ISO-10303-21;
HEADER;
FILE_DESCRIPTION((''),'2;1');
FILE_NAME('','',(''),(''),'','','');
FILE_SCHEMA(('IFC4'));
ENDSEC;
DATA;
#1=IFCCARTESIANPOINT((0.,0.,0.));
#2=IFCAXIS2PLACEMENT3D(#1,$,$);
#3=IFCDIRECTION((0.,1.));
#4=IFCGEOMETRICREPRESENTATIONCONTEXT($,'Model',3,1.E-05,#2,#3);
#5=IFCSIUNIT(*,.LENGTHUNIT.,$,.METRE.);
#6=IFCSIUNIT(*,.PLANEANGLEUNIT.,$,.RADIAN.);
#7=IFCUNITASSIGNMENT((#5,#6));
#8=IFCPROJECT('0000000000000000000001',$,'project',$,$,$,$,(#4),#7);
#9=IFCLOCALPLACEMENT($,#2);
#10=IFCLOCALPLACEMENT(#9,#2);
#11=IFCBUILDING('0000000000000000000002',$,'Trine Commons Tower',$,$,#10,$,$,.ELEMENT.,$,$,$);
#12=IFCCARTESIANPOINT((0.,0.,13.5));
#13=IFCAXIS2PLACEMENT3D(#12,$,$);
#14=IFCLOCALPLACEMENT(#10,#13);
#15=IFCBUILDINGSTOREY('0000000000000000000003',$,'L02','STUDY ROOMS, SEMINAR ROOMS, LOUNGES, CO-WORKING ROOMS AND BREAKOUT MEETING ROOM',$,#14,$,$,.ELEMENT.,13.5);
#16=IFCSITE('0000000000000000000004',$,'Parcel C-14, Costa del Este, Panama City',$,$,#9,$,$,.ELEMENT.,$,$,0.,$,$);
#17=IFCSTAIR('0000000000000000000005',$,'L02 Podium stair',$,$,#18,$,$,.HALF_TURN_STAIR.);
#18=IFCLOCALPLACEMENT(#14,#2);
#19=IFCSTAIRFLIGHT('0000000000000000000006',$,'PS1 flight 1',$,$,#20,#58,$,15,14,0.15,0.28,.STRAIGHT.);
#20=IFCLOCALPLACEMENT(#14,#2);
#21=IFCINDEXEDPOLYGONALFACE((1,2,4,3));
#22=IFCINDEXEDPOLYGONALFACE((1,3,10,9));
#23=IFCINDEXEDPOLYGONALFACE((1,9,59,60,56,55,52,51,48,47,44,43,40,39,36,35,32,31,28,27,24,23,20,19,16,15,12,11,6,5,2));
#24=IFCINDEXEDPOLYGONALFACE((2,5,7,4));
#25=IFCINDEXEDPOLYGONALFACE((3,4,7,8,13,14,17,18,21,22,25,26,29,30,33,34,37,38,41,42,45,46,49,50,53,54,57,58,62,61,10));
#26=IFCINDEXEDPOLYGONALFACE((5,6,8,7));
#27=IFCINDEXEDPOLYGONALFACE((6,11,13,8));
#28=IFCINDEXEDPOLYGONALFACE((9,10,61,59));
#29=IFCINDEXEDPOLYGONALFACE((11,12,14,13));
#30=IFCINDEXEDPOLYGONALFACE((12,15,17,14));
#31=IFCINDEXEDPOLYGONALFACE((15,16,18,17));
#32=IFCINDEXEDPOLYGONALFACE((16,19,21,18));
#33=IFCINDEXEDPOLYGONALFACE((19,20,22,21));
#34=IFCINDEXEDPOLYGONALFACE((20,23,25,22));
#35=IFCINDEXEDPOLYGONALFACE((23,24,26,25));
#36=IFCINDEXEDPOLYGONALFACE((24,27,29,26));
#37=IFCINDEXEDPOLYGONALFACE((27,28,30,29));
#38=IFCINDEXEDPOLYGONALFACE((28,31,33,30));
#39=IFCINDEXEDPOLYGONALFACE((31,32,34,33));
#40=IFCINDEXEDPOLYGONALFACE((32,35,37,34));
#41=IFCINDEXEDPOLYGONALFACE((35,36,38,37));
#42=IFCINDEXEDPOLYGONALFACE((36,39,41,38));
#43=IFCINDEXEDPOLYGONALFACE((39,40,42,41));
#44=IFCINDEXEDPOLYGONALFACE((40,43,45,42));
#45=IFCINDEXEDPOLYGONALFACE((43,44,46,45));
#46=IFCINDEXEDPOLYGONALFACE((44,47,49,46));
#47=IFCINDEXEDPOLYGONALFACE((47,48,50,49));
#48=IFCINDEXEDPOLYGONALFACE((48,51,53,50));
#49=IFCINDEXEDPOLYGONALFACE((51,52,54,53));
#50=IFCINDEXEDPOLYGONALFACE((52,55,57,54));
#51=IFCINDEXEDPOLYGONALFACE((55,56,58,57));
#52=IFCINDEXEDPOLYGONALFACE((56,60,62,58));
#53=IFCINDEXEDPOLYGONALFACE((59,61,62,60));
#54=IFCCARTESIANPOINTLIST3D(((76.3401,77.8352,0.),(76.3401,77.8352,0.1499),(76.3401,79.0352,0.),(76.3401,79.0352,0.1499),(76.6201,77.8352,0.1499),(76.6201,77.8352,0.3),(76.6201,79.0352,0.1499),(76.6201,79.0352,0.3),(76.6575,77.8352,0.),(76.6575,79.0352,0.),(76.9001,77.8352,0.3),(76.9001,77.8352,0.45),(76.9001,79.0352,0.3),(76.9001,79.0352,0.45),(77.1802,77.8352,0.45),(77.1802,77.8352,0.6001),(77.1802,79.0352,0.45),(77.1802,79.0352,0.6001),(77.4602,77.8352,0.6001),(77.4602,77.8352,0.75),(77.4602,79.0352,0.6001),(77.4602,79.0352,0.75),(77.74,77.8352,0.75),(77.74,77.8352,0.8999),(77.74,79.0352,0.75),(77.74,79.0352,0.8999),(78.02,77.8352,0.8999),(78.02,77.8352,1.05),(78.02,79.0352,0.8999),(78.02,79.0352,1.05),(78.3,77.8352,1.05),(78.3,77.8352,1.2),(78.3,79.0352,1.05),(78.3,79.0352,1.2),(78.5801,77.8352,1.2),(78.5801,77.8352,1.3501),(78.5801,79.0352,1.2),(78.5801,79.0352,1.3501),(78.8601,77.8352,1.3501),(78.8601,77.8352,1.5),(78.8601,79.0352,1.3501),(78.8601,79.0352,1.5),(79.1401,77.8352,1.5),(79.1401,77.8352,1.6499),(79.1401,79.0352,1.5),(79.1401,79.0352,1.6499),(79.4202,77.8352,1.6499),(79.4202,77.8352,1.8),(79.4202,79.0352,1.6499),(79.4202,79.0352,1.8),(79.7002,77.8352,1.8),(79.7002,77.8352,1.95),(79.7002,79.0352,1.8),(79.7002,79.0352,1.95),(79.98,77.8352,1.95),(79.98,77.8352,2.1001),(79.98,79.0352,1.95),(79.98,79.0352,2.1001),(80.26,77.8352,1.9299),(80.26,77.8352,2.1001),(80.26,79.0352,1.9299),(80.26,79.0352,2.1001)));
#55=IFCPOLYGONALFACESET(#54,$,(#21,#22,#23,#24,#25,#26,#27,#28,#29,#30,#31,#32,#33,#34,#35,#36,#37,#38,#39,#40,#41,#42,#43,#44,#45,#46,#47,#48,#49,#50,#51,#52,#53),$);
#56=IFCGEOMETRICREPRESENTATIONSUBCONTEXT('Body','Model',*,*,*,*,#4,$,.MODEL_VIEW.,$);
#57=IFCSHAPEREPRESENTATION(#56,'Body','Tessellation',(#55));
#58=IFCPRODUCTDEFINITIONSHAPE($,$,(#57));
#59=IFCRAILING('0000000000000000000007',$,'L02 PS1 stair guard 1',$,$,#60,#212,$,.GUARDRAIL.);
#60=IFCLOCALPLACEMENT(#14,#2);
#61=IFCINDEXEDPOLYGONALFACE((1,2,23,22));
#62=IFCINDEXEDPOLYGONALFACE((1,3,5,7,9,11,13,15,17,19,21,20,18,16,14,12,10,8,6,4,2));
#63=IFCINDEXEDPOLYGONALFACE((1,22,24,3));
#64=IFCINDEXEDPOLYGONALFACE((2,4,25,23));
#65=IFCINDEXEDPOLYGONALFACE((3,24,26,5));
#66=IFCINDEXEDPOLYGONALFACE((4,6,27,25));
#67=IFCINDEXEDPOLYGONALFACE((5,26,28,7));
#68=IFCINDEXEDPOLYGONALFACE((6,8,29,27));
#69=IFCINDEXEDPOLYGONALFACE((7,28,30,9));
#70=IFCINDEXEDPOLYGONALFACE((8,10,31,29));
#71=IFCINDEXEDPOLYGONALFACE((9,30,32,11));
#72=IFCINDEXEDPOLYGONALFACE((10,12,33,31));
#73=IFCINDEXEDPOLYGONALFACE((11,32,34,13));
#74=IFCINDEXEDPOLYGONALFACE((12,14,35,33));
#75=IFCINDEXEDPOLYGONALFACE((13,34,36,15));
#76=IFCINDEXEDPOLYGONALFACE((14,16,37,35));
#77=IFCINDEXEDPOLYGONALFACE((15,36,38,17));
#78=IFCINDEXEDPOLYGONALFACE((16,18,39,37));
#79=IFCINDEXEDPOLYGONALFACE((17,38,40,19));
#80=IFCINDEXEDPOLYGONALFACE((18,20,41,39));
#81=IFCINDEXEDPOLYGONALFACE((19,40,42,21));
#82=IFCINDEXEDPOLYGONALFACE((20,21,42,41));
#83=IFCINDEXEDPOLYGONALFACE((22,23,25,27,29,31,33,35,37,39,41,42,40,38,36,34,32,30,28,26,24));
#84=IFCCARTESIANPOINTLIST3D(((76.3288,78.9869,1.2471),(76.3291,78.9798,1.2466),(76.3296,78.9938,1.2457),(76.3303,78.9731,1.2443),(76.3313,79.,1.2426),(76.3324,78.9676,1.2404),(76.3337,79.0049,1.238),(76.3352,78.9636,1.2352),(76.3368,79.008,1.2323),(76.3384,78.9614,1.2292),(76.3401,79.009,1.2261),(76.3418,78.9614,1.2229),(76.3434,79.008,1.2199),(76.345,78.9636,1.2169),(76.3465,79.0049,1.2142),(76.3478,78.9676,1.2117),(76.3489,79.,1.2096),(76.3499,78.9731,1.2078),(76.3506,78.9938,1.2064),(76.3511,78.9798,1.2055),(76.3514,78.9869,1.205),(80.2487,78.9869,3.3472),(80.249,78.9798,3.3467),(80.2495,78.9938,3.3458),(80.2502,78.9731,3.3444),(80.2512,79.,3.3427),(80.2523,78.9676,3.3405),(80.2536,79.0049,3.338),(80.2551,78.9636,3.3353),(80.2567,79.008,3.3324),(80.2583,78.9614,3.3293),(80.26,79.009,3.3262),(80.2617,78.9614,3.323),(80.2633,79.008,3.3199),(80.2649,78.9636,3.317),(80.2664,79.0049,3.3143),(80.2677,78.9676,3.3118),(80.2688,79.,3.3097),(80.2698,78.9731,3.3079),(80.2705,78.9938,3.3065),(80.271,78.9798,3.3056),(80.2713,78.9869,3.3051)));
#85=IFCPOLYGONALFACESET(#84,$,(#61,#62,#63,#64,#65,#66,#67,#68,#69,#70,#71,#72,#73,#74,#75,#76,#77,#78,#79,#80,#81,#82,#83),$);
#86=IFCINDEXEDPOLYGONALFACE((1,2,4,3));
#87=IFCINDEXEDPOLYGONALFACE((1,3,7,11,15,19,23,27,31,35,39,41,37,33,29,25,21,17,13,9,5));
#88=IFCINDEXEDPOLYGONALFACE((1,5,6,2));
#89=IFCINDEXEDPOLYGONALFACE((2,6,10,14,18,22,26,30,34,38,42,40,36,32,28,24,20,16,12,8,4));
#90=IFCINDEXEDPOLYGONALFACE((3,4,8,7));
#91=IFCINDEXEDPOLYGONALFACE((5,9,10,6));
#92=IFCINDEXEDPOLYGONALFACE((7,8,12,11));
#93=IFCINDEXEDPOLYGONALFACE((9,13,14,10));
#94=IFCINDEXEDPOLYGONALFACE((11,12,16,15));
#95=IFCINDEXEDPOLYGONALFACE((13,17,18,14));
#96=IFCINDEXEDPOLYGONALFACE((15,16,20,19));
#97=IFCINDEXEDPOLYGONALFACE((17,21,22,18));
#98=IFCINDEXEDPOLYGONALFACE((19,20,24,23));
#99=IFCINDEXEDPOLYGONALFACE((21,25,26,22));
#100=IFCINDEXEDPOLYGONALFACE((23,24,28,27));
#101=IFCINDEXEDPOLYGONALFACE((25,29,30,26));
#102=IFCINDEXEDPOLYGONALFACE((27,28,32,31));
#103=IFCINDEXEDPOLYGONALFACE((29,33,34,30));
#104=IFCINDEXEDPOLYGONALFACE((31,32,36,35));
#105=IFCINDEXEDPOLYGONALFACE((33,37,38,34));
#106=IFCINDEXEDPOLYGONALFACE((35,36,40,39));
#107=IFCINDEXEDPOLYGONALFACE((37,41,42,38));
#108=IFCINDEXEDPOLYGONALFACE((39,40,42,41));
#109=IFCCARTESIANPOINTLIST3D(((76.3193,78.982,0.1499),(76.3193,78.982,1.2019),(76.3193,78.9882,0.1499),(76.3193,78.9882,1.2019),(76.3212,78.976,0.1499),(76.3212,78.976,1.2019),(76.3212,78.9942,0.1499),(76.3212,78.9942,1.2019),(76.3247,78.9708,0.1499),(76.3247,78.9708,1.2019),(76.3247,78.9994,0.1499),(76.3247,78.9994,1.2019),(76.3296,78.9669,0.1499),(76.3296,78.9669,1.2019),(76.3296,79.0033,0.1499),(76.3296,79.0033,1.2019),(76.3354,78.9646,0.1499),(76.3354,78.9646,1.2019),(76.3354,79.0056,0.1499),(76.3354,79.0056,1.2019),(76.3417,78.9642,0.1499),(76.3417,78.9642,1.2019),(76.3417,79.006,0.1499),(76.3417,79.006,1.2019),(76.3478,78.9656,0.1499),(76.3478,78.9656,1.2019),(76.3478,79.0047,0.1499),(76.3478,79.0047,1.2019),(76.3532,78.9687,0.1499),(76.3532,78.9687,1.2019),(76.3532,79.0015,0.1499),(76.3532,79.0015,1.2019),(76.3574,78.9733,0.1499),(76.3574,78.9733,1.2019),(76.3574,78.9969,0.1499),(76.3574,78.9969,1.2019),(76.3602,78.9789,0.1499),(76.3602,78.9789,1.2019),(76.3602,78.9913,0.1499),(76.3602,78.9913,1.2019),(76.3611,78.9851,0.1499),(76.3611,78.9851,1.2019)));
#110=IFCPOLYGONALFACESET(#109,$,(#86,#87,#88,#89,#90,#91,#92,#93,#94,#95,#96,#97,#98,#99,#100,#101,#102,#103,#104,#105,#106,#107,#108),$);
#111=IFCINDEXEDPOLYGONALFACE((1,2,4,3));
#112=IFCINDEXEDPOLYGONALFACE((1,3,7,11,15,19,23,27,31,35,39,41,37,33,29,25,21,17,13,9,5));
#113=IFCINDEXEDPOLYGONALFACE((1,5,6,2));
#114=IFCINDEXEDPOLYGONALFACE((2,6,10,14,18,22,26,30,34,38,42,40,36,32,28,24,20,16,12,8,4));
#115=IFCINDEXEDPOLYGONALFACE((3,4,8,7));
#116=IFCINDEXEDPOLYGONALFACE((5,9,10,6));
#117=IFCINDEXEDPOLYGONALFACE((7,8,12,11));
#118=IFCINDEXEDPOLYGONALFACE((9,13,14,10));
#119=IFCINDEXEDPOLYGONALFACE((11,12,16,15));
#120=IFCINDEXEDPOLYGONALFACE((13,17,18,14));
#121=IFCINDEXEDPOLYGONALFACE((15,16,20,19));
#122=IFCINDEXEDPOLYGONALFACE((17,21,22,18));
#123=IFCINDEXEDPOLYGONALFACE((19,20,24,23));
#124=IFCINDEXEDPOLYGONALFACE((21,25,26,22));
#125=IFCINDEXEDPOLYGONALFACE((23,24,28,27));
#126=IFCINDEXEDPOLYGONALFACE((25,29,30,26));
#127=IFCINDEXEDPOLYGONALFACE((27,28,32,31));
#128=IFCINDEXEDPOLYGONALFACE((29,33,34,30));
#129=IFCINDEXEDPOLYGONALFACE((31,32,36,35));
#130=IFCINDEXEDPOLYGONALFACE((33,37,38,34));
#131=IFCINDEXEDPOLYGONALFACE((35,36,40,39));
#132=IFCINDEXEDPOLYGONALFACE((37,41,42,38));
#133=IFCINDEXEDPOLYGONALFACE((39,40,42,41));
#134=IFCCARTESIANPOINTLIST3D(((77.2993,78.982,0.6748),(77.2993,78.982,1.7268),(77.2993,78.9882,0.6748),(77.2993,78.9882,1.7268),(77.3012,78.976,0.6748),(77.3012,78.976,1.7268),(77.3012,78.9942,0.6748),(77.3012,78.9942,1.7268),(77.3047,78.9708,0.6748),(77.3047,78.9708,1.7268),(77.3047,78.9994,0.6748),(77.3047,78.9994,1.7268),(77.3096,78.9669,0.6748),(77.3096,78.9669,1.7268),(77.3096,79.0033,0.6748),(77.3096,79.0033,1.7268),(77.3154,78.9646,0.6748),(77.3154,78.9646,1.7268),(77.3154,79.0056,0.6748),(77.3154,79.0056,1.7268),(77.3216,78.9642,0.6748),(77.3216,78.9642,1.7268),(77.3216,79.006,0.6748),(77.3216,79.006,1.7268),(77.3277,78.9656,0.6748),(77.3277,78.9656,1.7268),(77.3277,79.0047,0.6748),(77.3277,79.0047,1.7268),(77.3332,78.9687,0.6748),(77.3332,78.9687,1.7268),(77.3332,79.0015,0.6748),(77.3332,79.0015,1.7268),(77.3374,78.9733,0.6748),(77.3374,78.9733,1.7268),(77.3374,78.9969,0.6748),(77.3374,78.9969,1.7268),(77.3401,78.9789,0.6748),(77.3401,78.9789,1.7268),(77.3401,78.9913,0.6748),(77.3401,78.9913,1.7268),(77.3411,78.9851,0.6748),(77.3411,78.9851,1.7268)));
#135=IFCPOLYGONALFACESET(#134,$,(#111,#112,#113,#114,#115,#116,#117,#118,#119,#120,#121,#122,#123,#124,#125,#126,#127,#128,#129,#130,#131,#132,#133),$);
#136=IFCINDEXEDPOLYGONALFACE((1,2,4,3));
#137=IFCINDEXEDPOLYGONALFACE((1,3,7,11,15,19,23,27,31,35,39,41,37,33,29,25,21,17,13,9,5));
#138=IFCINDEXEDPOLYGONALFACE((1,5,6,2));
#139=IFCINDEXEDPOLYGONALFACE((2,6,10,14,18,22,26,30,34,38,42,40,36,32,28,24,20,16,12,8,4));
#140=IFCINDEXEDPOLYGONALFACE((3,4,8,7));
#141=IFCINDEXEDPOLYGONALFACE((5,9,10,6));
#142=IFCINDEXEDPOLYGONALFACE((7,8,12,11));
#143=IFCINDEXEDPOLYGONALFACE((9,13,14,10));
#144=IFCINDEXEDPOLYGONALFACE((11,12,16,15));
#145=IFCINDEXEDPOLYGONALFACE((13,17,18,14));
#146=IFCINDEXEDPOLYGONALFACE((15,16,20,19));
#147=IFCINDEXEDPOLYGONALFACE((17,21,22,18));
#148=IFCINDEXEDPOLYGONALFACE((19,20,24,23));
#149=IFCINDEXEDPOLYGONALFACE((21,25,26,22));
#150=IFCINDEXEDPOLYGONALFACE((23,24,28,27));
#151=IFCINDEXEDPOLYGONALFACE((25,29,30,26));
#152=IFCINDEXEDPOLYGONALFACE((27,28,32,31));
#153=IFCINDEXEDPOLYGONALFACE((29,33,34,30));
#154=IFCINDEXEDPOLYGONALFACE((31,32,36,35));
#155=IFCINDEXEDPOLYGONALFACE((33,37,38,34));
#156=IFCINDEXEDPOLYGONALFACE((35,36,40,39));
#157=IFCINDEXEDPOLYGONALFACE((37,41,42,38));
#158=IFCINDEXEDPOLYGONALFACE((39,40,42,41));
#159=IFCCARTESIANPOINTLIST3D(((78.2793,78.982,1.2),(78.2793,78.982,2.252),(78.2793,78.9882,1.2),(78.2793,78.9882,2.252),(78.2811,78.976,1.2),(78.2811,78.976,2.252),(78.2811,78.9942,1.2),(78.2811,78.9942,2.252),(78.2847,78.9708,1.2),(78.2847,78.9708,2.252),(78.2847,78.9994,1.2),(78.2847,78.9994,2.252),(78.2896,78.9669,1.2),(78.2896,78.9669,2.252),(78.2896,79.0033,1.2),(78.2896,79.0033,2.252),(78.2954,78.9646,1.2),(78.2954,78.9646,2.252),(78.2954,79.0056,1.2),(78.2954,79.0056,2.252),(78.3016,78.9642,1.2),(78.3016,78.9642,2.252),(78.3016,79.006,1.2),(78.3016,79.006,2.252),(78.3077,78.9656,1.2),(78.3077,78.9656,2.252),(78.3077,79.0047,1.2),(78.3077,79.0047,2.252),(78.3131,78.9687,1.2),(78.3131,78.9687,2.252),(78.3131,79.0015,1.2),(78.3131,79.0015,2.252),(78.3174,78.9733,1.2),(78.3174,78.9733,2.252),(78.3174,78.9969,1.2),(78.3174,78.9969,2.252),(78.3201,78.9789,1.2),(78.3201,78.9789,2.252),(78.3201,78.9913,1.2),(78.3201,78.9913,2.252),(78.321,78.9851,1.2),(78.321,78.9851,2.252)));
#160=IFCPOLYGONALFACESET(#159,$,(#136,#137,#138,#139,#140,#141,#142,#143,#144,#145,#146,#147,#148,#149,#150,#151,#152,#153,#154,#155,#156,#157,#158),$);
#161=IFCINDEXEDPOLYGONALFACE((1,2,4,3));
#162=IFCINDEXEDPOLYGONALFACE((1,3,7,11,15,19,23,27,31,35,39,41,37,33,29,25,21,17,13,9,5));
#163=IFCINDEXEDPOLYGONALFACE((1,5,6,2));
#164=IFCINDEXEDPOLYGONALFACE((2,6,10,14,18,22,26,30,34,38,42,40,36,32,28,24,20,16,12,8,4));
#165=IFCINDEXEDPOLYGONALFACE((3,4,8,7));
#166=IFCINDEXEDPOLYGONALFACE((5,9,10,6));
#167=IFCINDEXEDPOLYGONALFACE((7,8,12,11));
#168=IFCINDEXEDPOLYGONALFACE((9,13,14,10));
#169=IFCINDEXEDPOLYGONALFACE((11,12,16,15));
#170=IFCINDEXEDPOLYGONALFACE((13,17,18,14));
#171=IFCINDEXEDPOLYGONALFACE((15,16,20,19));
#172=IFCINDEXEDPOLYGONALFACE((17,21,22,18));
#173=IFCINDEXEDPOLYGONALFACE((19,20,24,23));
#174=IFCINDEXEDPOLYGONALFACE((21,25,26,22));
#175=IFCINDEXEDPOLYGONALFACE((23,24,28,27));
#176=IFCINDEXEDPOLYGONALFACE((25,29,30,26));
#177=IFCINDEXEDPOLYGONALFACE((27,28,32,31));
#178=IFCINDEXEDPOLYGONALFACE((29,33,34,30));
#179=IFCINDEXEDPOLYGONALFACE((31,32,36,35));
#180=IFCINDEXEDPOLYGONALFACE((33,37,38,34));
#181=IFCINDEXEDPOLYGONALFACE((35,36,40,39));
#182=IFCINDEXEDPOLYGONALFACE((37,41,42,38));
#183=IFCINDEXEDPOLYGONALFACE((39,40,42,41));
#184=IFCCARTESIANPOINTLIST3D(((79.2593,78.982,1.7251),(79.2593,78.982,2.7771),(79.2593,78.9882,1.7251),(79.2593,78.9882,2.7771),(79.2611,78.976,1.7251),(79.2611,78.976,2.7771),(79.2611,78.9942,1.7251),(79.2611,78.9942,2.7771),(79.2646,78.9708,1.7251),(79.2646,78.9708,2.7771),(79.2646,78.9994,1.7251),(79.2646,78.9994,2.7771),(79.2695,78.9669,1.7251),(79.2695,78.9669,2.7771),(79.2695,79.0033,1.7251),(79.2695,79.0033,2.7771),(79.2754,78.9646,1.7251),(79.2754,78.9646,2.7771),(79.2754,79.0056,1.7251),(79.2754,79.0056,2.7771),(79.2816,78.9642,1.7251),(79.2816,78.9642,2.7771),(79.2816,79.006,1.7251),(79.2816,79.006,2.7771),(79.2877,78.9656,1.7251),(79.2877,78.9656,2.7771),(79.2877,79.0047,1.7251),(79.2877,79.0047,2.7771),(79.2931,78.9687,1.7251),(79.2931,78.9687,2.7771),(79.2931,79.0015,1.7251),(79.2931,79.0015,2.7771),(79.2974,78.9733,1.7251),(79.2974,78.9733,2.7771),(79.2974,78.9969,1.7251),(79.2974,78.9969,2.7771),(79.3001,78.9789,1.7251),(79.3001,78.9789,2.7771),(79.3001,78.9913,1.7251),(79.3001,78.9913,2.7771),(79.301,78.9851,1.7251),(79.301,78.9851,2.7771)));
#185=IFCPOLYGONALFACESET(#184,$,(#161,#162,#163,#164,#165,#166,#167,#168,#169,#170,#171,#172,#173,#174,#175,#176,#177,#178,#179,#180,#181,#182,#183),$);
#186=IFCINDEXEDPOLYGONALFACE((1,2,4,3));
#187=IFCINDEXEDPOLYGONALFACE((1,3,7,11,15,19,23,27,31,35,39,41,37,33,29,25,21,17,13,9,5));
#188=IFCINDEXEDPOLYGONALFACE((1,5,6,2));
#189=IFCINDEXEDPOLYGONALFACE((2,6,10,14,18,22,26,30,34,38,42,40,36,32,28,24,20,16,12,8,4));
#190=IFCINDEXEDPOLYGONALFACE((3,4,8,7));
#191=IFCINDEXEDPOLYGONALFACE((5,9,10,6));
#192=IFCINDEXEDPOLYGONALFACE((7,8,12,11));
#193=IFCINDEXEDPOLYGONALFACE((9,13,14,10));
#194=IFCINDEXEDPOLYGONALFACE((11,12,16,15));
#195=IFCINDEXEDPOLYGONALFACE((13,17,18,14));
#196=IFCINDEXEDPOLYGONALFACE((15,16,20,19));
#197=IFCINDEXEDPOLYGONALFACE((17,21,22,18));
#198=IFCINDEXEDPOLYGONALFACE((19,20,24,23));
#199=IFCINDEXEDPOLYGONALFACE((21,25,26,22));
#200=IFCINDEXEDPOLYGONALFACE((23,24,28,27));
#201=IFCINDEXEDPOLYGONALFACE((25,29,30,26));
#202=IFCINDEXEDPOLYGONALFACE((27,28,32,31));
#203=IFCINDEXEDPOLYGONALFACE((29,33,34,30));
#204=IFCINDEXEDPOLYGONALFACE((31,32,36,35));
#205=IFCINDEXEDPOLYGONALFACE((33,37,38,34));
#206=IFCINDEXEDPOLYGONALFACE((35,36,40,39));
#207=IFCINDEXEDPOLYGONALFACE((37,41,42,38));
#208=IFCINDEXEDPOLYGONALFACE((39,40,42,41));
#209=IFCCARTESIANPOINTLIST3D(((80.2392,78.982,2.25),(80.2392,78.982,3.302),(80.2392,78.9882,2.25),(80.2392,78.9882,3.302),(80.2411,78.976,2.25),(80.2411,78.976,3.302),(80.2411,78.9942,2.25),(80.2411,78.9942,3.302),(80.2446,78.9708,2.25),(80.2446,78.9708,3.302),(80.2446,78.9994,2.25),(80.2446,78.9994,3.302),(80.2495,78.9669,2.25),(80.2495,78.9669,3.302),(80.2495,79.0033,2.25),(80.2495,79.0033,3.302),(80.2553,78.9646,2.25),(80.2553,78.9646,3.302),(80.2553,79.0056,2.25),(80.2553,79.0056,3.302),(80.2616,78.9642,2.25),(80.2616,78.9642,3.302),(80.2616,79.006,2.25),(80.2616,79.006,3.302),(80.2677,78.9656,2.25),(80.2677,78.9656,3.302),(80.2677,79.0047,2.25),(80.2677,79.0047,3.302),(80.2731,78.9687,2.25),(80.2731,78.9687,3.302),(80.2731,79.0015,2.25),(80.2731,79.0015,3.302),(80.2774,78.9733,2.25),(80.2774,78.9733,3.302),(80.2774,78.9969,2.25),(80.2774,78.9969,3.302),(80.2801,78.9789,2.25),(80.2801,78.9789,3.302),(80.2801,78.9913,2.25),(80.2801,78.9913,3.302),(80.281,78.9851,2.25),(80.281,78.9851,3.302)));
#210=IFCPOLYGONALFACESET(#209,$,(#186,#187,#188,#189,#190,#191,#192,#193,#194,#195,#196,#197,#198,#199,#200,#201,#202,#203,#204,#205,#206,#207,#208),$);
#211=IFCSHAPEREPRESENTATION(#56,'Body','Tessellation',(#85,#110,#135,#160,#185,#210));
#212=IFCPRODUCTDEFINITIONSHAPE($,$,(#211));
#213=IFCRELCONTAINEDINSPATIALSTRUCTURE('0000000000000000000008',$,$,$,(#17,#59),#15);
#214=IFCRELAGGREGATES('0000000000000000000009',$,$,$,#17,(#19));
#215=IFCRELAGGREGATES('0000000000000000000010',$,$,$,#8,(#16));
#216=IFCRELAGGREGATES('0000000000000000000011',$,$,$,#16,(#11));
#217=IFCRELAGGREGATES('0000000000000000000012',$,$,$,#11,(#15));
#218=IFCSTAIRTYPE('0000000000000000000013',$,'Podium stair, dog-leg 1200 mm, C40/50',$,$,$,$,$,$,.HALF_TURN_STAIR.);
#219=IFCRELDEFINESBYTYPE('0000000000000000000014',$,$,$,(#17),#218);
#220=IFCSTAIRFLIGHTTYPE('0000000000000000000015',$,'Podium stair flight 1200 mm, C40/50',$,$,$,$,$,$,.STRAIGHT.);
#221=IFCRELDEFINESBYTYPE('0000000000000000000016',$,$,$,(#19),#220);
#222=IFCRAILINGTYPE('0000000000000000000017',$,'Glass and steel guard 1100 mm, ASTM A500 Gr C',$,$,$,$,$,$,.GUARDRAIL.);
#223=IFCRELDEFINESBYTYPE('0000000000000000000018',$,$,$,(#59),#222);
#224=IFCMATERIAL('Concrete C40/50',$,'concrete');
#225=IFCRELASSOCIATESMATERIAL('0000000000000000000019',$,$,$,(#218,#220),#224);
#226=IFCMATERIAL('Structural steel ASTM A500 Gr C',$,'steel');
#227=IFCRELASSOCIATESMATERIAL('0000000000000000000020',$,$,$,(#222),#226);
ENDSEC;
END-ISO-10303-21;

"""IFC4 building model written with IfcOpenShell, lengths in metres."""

from ifc_helpers import new_model, si_unit, direction, frame, origin, origin_2d, place, context, subcontext, project, spatial, polyline, circle, outline, extrude, material, type_object, element, aggregate, save


model = new_model("IFC4")

# Units and contexts
model_context = context("Model", 3, precision=1e-05, world=origin(), true_north=direction((0.0, 1.0)))
body_context = subcontext(model_context, "Body", "Model", "MODEL_VIEW")
ifc_project = project(units=[si_unit("LENGTHUNIT", "METRE"), si_unit("PLANEANGLEUNIT", "RADIAN")], contexts=[model_context])

# Site, building, storey
site_placement = place(None, origin())
site = spatial("IfcSite", under=ifc_project, at=site_placement, Name="Parcel C-14, Costa del Este, Panama City", CompositionType="ELEMENT", RefElevation=0.0)
building_placement = place(site_placement, origin())
building = spatial("IfcBuilding", under=site, at=building_placement, Name="Trine Commons Tower", CompositionType="ELEMENT")
storey_placement = place(building_placement, frame((0.0, 0.0, 13.5)))
storey = spatial("IfcBuildingStorey", under=building, at=storey_placement, Name="L02", Description="STUDY ROOMS, SEMINAR ROOMS, LOUNGES, CO-WORKING ROOMS AND BREAKOUT MEETING ROOM", CompositionType="ELEMENT", Elevation=13.5)

# Stair, stair flight
ifc_material_1 = material(Name="Concrete C40/50", Category="concrete")
stair_type = type_object("IfcStairType", Name="Podium stair, dog-leg 1200 mm, C40/50", PredefinedType="HALF_TURN_STAIR", material=ifc_material_1)
stair_placement = place(storey_placement, origin())
stair = element("IfcStair", 1, at=stair_placement, inside=storey, type_object=stair_type, Name="L02 Podium stair", PredefinedType="HALF_TURN_STAIR")
stair_flight_type = type_object("IfcStairFlightType", Name="Podium stair flight 1200 mm, C40/50", PredefinedType="STRAIGHT", material=ifc_material_1)
stair_flight_placement = place(storey_placement, frame((76.3401, 78.4351, 0.0), z_axis=(0.0, 0.0, 1.0), x_axis=(1.0, 0.0, 0.0)))
stair_flight = element("IfcStairFlight", 2, at=stair_flight_placement, type_object=stair_flight_type, Name="PS1 flight 1", NumberOfRisers=15, NumberOfTreads=14, PredefinedType="STRAIGHT", RiserHeight=0.15, TreadLength=0.28, context=body_context, shape_type="SweptSolid", body=[
    extrude(outline(polyline([(0.0, 0.0), (0.0, 0.1499), (0.28, 0.1499), (0.28, 0.3), (0.5601, 0.3), (0.5601, 0.45), (0.8401, 0.45), (0.8401, 0.6001), (1.1201, 0.6001), (1.1201, 0.75), (1.3999, 0.75), (1.3999, 0.8999), (1.6799, 0.8999), (1.6799, 1.05), (1.96, 1.05), (1.96, 1.2), (2.24, 1.2), (2.24, 1.3501), (2.52, 1.3501), (2.52, 1.5), (2.8, 1.5), (2.8, 1.6499), (3.0801, 1.6499), (3.0801, 1.8), (3.3601, 1.8), (3.3601, 1.95), (3.6399, 1.95), (3.6399, 2.1001), (3.9199, 2.1001), (3.9199, 2.25), (3.9199, 1.9299), (0.3174, 0.0), (0.0, 0.0)])), frame((0.0, 0.6001, 0.0), z_axis=(0.0, -1.0, 0.0), x_axis=(1.0, 0.0, 0.0)), (0.0, 0.0, 1.0), 1.2),
])
aggregate(stair, [stair_flight])

# Railing
ifc_material_2 = material(Name="Structural steel ASTM A500 Gr C", Category="steel")
railing_type_1 = type_object("IfcRailingType", Name="Glass and steel guard 1100 mm, ASTM A500 Gr C", PredefinedType="GUARDRAIL", material=ifc_material_2)
railing_1_placement = place(storey_placement, frame((76.3401, 78.9851, 0.1499)))
element("IfcRailing", 3, at=railing_1_placement, inside=storey, type_object=railing_type_1, Name="L02 PS1 stair guard 1", PredefinedType="GUARDRAIL", context=body_context, shape_type="SweptSolid", body=[
    extrude(circle(Radius=0.0239, at=origin_2d()), frame((0.0, 0.0, 1.0762), z_axis=(0.881467, 0.0, 0.472246), x_axis=(0.0, 1.0, 0.0)), (0.0, 0.0, 1.0), 4.447),
    extrude(circle(Radius=0.021, at=origin_2d()), origin(), (0.0, 0.0, 1.0), 1.052),
    extrude(circle(Radius=0.021, at=origin_2d()), frame((0.98, 0.0, 0.5249)), (0.0, 0.0, 1.0), 1.052),
    extrude(circle(Radius=0.021, at=origin_2d()), frame((1.96, 0.0, 1.05)), (0.0, 0.0, 1.0), 1.052),
    extrude(circle(Radius=0.021, at=origin_2d()), frame((2.9399, 0.0, 1.5752)), (0.0, 0.0, 1.0), 1.052),
    extrude(circle(Radius=0.021, at=origin_2d()), frame((3.9199, 0.0, 2.1001)), (0.0, 0.0, 1.0), 1.052),
])

save(model, "model.ifc")
